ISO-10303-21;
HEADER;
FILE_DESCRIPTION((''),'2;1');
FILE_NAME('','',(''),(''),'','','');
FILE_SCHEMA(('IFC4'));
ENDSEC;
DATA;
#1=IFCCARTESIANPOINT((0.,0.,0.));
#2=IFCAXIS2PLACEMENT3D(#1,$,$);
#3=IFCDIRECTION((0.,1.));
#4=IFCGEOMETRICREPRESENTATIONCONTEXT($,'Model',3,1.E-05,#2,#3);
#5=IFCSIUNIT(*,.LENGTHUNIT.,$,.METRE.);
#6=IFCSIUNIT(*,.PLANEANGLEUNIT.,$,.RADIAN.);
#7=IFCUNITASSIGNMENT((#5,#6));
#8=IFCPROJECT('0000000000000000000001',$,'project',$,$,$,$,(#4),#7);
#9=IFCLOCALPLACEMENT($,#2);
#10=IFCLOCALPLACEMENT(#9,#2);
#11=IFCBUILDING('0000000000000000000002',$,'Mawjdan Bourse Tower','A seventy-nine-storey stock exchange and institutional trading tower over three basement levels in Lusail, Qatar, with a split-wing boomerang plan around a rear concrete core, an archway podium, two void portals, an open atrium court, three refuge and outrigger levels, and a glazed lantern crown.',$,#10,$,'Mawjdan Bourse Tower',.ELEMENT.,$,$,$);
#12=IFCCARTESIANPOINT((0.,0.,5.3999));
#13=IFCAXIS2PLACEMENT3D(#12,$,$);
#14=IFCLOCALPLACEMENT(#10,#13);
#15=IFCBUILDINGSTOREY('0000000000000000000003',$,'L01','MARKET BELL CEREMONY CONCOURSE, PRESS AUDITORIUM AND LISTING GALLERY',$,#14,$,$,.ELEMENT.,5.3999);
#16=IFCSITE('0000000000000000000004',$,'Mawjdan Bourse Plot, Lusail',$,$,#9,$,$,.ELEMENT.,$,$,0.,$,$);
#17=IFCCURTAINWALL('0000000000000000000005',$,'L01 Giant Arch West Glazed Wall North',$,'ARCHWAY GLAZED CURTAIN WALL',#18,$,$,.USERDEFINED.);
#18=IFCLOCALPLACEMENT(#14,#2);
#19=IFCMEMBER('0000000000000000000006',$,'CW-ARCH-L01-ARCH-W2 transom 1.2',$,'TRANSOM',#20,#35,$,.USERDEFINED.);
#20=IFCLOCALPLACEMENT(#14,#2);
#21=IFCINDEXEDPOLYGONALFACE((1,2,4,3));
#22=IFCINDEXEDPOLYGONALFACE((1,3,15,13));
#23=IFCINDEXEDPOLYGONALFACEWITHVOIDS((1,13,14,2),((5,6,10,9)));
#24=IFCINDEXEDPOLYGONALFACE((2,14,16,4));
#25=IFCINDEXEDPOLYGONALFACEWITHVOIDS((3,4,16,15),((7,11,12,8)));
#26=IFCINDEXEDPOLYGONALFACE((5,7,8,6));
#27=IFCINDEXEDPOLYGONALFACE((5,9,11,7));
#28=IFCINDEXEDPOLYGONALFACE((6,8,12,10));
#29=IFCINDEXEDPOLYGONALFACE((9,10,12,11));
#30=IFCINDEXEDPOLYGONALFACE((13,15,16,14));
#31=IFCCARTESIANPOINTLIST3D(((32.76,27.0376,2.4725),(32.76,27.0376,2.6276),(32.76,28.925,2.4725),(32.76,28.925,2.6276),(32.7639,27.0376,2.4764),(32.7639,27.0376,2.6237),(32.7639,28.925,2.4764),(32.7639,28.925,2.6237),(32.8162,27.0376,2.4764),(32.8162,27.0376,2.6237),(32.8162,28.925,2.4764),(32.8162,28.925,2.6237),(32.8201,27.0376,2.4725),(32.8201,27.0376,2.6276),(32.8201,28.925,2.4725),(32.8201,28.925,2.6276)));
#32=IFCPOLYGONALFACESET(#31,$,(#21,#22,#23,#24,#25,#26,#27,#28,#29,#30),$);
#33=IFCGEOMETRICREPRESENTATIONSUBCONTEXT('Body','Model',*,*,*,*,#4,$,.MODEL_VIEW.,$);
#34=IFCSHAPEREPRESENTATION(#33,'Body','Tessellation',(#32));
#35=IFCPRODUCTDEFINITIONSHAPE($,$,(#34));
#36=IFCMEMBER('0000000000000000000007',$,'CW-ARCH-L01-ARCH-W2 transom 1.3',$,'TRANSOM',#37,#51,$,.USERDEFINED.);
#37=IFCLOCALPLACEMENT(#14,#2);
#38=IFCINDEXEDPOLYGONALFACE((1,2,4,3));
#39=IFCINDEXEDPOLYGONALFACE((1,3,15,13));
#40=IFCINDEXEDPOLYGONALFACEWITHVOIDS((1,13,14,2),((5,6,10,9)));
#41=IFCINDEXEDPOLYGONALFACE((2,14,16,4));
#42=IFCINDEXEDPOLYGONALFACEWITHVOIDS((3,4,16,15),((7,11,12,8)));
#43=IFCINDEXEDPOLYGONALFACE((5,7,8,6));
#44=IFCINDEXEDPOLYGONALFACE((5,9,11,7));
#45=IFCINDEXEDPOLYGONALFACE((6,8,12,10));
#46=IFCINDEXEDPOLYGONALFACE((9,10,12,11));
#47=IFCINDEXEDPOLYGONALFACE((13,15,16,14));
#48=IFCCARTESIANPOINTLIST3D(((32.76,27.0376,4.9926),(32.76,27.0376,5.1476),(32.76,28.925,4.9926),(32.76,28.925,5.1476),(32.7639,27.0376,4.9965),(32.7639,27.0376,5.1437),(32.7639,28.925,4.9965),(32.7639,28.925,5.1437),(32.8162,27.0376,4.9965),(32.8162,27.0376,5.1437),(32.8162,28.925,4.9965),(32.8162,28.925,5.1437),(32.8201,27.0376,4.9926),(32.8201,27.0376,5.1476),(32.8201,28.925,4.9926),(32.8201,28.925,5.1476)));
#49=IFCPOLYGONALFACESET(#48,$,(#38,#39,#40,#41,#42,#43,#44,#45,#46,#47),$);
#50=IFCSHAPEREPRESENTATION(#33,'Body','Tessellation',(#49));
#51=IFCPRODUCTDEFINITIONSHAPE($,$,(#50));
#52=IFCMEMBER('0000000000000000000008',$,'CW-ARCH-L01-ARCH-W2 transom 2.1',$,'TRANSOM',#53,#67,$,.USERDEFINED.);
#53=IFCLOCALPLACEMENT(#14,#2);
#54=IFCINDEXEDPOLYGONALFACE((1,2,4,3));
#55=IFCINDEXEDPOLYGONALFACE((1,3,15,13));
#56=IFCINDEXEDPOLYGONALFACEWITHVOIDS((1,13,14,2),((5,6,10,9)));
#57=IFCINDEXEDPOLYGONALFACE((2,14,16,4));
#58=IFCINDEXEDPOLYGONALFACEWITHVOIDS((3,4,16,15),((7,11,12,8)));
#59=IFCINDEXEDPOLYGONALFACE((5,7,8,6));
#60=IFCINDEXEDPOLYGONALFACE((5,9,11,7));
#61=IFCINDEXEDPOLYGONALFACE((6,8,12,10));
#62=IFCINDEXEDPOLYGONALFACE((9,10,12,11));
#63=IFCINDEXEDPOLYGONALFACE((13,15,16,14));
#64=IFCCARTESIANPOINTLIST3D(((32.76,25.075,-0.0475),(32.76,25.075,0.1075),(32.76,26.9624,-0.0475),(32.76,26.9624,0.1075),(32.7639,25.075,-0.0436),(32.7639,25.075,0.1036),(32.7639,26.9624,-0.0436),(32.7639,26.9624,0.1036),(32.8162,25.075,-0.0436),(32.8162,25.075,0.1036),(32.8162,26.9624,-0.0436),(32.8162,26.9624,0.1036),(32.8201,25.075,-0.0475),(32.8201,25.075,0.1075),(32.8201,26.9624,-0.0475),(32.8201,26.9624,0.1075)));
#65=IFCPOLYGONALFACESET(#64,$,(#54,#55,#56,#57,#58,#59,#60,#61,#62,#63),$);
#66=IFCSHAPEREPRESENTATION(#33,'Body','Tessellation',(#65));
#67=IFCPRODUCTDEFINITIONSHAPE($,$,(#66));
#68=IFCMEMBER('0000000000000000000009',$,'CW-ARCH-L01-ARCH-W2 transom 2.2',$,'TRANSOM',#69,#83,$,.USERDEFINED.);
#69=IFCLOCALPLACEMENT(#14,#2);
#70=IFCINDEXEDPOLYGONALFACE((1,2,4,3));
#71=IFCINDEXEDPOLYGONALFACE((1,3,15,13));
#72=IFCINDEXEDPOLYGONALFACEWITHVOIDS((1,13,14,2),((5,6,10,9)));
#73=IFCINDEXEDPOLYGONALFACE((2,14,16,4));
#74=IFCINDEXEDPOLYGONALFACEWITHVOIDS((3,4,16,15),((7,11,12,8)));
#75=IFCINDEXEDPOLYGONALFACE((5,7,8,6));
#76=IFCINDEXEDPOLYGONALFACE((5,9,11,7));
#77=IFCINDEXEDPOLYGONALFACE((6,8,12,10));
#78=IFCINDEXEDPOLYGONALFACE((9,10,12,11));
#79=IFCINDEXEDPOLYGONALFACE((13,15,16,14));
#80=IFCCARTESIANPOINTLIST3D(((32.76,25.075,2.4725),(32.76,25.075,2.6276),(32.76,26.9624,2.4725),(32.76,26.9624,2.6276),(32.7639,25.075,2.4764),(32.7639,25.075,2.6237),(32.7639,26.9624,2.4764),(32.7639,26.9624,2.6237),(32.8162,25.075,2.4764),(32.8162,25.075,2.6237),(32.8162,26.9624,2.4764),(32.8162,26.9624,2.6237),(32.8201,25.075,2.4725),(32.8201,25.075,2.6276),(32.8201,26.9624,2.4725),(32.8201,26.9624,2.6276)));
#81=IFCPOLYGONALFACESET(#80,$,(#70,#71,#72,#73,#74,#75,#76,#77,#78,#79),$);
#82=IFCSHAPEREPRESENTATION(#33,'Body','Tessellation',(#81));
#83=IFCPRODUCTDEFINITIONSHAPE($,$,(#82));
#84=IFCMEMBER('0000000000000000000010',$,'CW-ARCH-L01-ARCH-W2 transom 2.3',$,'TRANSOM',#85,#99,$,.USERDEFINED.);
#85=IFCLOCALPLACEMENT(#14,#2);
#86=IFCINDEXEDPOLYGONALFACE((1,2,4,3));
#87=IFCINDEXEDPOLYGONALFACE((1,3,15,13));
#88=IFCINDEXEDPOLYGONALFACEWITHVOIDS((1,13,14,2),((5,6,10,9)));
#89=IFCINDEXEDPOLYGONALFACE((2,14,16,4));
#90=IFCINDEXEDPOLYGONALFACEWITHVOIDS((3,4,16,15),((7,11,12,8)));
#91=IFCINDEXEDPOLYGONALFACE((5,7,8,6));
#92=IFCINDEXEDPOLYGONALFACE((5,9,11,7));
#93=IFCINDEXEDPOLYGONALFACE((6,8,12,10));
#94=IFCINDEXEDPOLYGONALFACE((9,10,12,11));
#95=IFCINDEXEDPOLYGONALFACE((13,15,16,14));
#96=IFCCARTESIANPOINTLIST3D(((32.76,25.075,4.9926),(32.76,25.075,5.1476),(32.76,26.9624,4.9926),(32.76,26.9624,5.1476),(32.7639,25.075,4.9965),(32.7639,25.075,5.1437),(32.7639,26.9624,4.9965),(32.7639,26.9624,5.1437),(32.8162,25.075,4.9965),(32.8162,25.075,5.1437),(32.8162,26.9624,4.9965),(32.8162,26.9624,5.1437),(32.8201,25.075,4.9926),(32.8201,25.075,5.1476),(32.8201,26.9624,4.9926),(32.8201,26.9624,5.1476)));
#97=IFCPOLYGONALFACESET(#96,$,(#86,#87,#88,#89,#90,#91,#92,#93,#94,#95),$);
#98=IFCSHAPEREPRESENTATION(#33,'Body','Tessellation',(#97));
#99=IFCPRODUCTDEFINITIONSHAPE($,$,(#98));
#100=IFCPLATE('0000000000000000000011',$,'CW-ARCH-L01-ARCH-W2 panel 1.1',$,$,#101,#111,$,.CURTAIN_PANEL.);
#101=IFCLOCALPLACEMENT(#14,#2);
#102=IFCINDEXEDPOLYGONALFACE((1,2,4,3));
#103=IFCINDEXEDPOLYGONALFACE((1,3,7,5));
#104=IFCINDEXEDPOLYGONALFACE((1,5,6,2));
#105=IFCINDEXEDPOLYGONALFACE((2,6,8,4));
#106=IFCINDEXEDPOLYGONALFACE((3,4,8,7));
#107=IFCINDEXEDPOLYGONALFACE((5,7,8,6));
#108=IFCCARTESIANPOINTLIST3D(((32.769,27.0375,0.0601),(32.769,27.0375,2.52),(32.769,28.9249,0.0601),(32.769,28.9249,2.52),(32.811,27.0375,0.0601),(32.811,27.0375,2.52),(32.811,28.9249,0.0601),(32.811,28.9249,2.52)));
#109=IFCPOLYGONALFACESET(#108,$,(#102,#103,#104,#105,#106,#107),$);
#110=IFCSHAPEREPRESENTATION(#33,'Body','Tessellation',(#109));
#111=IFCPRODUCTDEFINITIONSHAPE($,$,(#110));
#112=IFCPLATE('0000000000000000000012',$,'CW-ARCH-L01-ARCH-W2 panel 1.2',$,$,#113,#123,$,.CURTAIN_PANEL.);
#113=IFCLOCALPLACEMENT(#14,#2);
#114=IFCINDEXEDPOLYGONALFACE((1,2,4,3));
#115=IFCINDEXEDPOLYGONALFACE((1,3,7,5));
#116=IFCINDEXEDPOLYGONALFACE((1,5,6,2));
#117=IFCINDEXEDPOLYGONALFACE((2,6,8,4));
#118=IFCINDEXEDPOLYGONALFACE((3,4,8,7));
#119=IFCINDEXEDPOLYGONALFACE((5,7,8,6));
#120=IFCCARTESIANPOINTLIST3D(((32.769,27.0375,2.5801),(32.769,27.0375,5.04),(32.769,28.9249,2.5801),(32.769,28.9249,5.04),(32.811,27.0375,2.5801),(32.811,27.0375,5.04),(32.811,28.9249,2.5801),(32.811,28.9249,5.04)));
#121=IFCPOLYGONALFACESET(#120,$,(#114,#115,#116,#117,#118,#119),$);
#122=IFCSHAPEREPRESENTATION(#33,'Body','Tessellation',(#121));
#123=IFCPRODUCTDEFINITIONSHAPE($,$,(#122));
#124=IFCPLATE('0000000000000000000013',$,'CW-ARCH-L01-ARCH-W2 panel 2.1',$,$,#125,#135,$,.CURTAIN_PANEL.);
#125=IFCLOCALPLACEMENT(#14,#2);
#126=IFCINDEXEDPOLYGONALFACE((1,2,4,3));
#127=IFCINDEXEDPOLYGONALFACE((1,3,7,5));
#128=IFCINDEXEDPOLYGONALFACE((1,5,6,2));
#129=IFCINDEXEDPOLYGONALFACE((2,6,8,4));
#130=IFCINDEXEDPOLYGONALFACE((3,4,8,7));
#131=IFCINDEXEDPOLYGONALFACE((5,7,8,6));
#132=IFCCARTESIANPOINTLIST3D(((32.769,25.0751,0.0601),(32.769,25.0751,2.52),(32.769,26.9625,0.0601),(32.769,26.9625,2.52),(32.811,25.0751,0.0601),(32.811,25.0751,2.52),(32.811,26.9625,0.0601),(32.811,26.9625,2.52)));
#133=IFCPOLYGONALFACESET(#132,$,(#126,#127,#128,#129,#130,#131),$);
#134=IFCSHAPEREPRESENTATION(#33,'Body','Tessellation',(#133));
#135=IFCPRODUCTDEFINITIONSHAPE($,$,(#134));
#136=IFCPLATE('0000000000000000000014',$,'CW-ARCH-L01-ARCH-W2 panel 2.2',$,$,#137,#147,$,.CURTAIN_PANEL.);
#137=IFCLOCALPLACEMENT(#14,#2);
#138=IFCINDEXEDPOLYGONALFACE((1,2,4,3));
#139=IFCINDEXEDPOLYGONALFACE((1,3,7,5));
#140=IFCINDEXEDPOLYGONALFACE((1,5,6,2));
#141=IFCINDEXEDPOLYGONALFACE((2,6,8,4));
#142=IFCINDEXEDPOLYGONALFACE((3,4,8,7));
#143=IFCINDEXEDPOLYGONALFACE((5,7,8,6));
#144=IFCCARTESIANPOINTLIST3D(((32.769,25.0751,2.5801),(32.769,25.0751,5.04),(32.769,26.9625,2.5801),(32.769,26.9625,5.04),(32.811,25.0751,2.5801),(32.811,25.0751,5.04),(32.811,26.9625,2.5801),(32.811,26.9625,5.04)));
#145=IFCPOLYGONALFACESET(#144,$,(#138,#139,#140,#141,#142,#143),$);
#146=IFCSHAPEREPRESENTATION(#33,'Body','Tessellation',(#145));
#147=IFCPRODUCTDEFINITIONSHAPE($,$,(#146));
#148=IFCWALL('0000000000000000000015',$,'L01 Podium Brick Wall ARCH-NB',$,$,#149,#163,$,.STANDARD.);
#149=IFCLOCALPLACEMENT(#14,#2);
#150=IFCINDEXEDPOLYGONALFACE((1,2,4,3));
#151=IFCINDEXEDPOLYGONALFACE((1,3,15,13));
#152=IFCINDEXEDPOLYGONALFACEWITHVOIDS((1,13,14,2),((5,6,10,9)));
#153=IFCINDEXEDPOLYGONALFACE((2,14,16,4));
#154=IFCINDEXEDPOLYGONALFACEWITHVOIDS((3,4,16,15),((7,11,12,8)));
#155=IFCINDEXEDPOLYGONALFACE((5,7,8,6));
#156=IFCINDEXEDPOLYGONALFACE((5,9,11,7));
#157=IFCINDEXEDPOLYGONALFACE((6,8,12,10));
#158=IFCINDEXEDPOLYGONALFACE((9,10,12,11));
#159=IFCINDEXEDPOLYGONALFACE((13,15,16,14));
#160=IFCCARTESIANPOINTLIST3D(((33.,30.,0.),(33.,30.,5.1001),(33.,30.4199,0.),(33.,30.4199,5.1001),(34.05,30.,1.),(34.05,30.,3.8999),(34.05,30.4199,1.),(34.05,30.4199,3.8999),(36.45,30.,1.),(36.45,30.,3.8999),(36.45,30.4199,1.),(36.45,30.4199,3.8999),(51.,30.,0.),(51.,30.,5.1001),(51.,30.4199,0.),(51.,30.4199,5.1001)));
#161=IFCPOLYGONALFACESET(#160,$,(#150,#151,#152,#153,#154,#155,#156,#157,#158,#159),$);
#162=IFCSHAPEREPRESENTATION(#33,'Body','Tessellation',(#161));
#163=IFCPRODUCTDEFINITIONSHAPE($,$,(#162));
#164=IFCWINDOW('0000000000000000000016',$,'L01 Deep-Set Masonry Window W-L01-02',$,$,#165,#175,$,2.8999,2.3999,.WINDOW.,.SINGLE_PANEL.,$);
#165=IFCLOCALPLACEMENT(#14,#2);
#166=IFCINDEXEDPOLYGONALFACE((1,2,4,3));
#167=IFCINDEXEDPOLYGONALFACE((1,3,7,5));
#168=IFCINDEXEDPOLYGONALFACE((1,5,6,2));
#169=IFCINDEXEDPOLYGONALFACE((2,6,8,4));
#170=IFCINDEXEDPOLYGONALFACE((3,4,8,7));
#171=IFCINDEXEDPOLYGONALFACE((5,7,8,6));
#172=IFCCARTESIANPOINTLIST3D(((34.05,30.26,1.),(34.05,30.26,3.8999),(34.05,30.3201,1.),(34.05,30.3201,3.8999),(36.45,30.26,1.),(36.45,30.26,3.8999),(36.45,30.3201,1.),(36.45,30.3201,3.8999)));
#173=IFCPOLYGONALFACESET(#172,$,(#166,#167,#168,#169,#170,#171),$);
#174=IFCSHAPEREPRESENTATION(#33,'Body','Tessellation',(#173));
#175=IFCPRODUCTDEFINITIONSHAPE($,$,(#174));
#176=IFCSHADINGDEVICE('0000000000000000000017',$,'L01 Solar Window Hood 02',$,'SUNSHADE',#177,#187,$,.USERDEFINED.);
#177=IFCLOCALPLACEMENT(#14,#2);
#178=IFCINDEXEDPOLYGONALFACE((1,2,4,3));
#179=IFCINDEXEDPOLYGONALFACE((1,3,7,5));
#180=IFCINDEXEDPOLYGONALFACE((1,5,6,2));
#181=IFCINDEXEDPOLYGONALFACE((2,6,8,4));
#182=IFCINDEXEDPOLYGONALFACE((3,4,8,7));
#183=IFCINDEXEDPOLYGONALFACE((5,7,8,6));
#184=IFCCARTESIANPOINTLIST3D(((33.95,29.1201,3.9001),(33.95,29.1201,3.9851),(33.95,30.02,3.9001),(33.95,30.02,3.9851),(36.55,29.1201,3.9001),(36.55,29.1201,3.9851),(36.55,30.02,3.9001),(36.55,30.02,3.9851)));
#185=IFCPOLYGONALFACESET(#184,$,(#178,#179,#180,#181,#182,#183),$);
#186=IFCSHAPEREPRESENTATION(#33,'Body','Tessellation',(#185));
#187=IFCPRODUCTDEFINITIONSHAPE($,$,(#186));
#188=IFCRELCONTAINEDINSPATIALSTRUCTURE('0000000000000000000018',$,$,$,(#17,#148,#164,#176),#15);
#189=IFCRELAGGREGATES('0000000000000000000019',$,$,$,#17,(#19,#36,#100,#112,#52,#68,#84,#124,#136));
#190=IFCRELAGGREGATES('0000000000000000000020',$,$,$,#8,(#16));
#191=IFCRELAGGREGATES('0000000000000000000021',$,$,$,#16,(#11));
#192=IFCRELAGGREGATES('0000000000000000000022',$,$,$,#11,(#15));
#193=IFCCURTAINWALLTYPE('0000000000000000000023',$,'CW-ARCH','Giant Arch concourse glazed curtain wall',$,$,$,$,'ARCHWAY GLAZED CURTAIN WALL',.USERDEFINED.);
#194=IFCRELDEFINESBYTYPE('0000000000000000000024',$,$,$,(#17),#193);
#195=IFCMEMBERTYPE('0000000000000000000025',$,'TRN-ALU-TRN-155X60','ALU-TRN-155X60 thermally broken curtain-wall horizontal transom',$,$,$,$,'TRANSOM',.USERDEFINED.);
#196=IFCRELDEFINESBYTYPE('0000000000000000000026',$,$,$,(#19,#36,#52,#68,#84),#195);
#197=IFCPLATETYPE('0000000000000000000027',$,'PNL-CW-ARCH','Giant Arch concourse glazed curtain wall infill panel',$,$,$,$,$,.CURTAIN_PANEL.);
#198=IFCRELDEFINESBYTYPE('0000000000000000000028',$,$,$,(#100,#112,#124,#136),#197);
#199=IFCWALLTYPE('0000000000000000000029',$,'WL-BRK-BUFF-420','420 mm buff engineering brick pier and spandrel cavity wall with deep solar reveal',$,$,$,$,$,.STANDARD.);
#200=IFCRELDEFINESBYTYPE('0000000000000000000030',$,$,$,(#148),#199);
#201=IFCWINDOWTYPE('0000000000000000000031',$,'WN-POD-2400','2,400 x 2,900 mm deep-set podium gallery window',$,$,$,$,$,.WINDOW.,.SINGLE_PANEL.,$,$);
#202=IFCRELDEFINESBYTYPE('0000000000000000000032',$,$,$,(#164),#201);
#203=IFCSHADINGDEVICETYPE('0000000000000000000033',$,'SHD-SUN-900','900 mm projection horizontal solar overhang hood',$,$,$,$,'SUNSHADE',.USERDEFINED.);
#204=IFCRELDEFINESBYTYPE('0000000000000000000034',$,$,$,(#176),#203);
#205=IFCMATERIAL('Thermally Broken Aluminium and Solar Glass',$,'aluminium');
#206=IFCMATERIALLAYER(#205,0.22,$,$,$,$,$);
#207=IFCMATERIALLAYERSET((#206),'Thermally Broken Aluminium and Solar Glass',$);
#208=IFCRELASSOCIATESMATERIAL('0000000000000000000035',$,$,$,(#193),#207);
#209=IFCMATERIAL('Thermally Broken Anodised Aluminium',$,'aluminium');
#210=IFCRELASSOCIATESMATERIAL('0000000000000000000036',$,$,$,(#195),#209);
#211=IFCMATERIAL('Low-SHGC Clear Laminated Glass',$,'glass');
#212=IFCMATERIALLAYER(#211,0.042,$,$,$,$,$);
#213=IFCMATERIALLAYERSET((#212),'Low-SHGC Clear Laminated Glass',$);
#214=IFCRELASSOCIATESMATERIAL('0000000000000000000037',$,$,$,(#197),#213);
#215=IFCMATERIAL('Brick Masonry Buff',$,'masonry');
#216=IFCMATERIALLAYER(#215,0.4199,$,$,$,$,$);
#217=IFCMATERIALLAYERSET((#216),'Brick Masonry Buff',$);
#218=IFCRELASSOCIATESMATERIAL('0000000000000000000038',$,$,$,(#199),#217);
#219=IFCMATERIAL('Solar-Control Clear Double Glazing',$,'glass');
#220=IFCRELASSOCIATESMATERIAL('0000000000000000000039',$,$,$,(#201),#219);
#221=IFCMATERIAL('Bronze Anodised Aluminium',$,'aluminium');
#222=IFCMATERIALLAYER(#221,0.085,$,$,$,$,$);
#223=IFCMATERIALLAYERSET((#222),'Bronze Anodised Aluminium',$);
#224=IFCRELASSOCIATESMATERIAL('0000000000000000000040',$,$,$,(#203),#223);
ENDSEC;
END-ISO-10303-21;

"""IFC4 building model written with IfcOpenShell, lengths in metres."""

from ifc_helpers import new_model, si_unit, direction, frame, frame_2d, origin, origin_2d, place, context, subcontext, project, spatial, rectangle, hollow_rectangle, extrude, material, layer, layer_set, material_profile, profile_set, type_object, element, fill, aggregate, save


model = new_model("IFC4")

# Units and contexts
model_context = context("Model", 3, precision=1e-05, world=origin(), true_north=direction((0.0, 1.0)))
body_context = subcontext(model_context, "Body", "Model", "MODEL_VIEW")
ifc_project = project(units=[si_unit("LENGTHUNIT", "METRE"), si_unit("PLANEANGLEUNIT", "RADIAN")], contexts=[model_context])

# Site, building, storey
site_placement = place(None, origin())
site = spatial("IfcSite", under=ifc_project, at=site_placement, Name="Mawjdan Bourse Plot, Lusail", CompositionType="ELEMENT", RefElevation=0.0)
building_placement = place(site_placement, origin())
building = spatial("IfcBuilding", under=site, at=building_placement, Name="Mawjdan Bourse Tower", Description="A seventy-nine-storey stock exchange and institutional trading tower over three basement levels in Lusail, Qatar, with a split-wing boomerang plan around a rear concrete core, an archway podium, two void portals, an open atrium court, three refuge and outrigger levels, and a glazed lantern crown.", LongName="Mawjdan Bourse Tower", CompositionType="ELEMENT")
storey_placement = place(building_placement, frame((0.0, 0.0, 5.3999)))
storey = spatial("IfcBuildingStorey", under=building, at=storey_placement, Name="L01", Description="MARKET BELL CEREMONY CONCOURSE, PRESS AUDITORIUM AND LISTING GALLERY", CompositionType="ELEMENT", Elevation=5.3999)

# Curtain wall, members, plates
ifc_material_1 = material(Name="Thermally Broken Aluminium and Solar Glass", Category="aluminium")
ifc_layer_1 = layer(ifc_material_1, 0.22)
ifc_layer_set_1 = layer_set([ifc_layer_1], Name="Thermally Broken Aluminium and Solar Glass")
curtain_wall_type = type_object("IfcCurtainWallType", Name="CW-ARCH", Description="Giant Arch concourse glazed curtain wall", ElementType="ARCHWAY GLAZED CURTAIN WALL", PredefinedType="USERDEFINED", material=ifc_layer_set_1)
curtain_wall_placement = place(storey_placement, origin())
curtain_wall = element("IfcCurtainWall", 1, at=curtain_wall_placement, inside=storey, type_object=curtain_wall_type, Name="L01 Giant Arch West Glazed Wall North", ObjectType="ARCHWAY GLAZED CURTAIN WALL", PredefinedType="USERDEFINED")
ifc_material_2 = material(Name="Thermally Broken Anodised Aluminium", Category="aluminium")
ifc_material_profile_1 = material_profile(ifc_material_2, hollow_rectangle(XDim=0.0601, YDim=0.155, WallThickness=0.0039, at=origin_2d()), Name="ALU-TRN-155X60")
ifc_profile_set_1 = profile_set([ifc_material_profile_1], Name="Thermally Broken Anodised Aluminium")
member_type_1 = type_object("IfcMemberType", Name="TRN-ALU-TRN-155X60", Description="ALU-TRN-155X60 thermally broken curtain-wall horizontal transom", ElementType="TRANSOM", PredefinedType="USERDEFINED", material=ifc_profile_set_1)
member_1_placement = place(storey_placement, frame((32.79, 28.925, 2.55), z_axis=(0.0, -1.0, 0.0), x_axis=(1.0, 0.0, 0.0)))
member_1 = element("IfcMember", 2, at=member_1_placement, type_object=member_type_1, Name="CW-ARCH-L01-ARCH-W2 transom 1.2", ObjectType="TRANSOM", PredefinedType="USERDEFINED", context=body_context, shape_type="SweptSolid", body=[
    extrude(hollow_rectangle(XDim=0.0601, YDim=0.155, WallThickness=0.0039, at=origin_2d()), origin(), (0.0, 0.0, 1.0), 1.8875),
])
member_2_placement = place(storey_placement, frame((32.79, 28.925, 5.0701), z_axis=(0.0, -1.0, 0.0), x_axis=(1.0, 0.0, 0.0)))
member_2 = element("IfcMember", 3, at=member_2_placement, type_object=member_type_1, Name="CW-ARCH-L01-ARCH-W2 transom 1.3", ObjectType="TRANSOM", PredefinedType="USERDEFINED", context=body_context, shape_type="SweptSolid", body=[
    extrude(hollow_rectangle(XDim=0.0601, YDim=0.155, WallThickness=0.0039, at=origin_2d()), origin(), (0.0, 0.0, 1.0), 1.8875),
])
member_3_placement = place(storey_placement, frame((32.79, 26.9624, 0.03), z_axis=(0.0, -1.0, 0.0), x_axis=(1.0, 0.0, 0.0)))
member_3 = element("IfcMember", 4, at=member_3_placement, type_object=member_type_1, Name="CW-ARCH-L01-ARCH-W2 transom 2.1", ObjectType="TRANSOM", PredefinedType="USERDEFINED", context=body_context, shape_type="SweptSolid", body=[
    extrude(hollow_rectangle(XDim=0.0601, YDim=0.155, WallThickness=0.0039, at=origin_2d()), origin(), (0.0, 0.0, 1.0), 1.8875),
])
member_4_placement = place(storey_placement, frame((32.79, 26.9624, 2.55), z_axis=(0.0, -1.0, 0.0), x_axis=(1.0, 0.0, 0.0)))
member_4 = element("IfcMember", 5, at=member_4_placement, type_object=member_type_1, Name="CW-ARCH-L01-ARCH-W2 transom 2.2", ObjectType="TRANSOM", PredefinedType="USERDEFINED", context=body_context, shape_type="SweptSolid", body=[
    extrude(hollow_rectangle(XDim=0.0601, YDim=0.155, WallThickness=0.0039, at=origin_2d()), origin(), (0.0, 0.0, 1.0), 1.8875),
])
member_5_placement = place(storey_placement, frame((32.79, 26.9624, 5.0701), z_axis=(0.0, -1.0, 0.0), x_axis=(1.0, 0.0, 0.0)))
member_5 = element("IfcMember", 6, at=member_5_placement, type_object=member_type_1, Name="CW-ARCH-L01-ARCH-W2 transom 2.3", ObjectType="TRANSOM", PredefinedType="USERDEFINED", context=body_context, shape_type="SweptSolid", body=[
    extrude(hollow_rectangle(XDim=0.0601, YDim=0.155, WallThickness=0.0039, at=origin_2d()), origin(), (0.0, 0.0, 1.0), 1.8875),
])
ifc_material_3 = material(Name="Low-SHGC Clear Laminated Glass", Category="glass")
ifc_layer_2 = layer(ifc_material_3, 0.042)
ifc_layer_set_2 = layer_set([ifc_layer_2], Name="Low-SHGC Clear Laminated Glass")
plate_type = type_object("IfcPlateType", Name="PNL-CW-ARCH", Description="Giant Arch concourse glazed curtain wall infill panel", PredefinedType="CURTAIN_PANEL", material=ifc_layer_set_2)
plate_1_placement = place(storey_placement, frame((32.79, 27.9812, 0.0601), z_axis=(0.0, 0.0, 1.0), x_axis=(0.0, -1.0, 0.0)))
plate_1 = element("IfcPlate", 7, at=plate_1_placement, type_object=plate_type, Name="CW-ARCH-L01-ARCH-W2 panel 1.1", PredefinedType="CURTAIN_PANEL", context=body_context, shape_type="SweptSolid", body=[
    extrude(rectangle(XDim=1.8875, YDim=0.042, at=origin_2d()), origin(), (0.0, 0.0, 1.0), 2.46),
])
plate_2_placement = place(storey_placement, frame((32.79, 27.9812, 2.5801), z_axis=(0.0, 0.0, 1.0), x_axis=(0.0, -1.0, 0.0)))
plate_2 = element("IfcPlate", 8, at=plate_2_placement, type_object=plate_type, Name="CW-ARCH-L01-ARCH-W2 panel 1.2", PredefinedType="CURTAIN_PANEL", context=body_context, shape_type="SweptSolid", body=[
    extrude(rectangle(XDim=1.8875, YDim=0.042, at=origin_2d()), origin(), (0.0, 0.0, 1.0), 2.46),
])
plate_3_placement = place(storey_placement, frame((32.79, 26.0188, 0.0601), z_axis=(0.0, 0.0, 1.0), x_axis=(0.0, -1.0, 0.0)))
plate_3 = element("IfcPlate", 9, at=plate_3_placement, type_object=plate_type, Name="CW-ARCH-L01-ARCH-W2 panel 2.1", PredefinedType="CURTAIN_PANEL", context=body_context, shape_type="SweptSolid", body=[
    extrude(rectangle(XDim=1.8875, YDim=0.042, at=origin_2d()), origin(), (0.0, 0.0, 1.0), 2.46),
])
plate_4_placement = place(storey_placement, frame((32.79, 26.0188, 2.5801), z_axis=(0.0, 0.0, 1.0), x_axis=(0.0, -1.0, 0.0)))
plate_4 = element("IfcPlate", 10, at=plate_4_placement, type_object=plate_type, Name="CW-ARCH-L01-ARCH-W2 panel 2.2", PredefinedType="CURTAIN_PANEL", context=body_context, shape_type="SweptSolid", body=[
    extrude(rectangle(XDim=1.8875, YDim=0.042, at=origin_2d()), origin(), (0.0, 0.0, 1.0), 2.46),
])
aggregate(curtain_wall, [member_1, member_2, plate_1, plate_2, member_3, member_4, member_5, plate_3, plate_4])

# Wall, opening, window
ifc_material_4 = material(Name="Brick Masonry Buff", Category="masonry")
ifc_layer_3 = layer(ifc_material_4, 0.4199)
ifc_layer_set_3 = layer_set([ifc_layer_3], Name="Brick Masonry Buff")
wall_type = type_object("IfcWallType", Name="WL-BRK-BUFF-420", Description="420 mm buff engineering brick pier and spandrel cavity wall with deep solar reveal", PredefinedType="STANDARD", material=ifc_layer_set_3)
wall_placement = place(storey_placement, frame((33.0, 30.21, 0.0), z_axis=(0.0, 0.0, 1.0), x_axis=(1.0, 0.0, 0.0)))
wall = element("IfcWall", 11, at=wall_placement, inside=storey, type_object=wall_type, Name="L01 Podium Brick Wall ARCH-NB", PredefinedType="STANDARD", context=body_context, shape_type="SweptSolid", body=[
    extrude(rectangle(XDim=18.0, YDim=0.4199, at=frame_2d((9.0, 0.0))), origin(), (0.0, 0.0, 1.0), 5.1001),
])
opening_placement = place(wall_placement, frame((1.05, 0.0, 1.0)))
opening = element("IfcOpeningElement", 12, at=opening_placement, cuts=wall, PredefinedType="OPENING", context=body_context, shape_type="SweptSolid", body=[
    extrude(rectangle(XDim=2.3999, YDim=2.8999, at=frame_2d((1.2, 1.45))), frame((0.0, 0.22, 0.0), z_axis=(0.0, -1.0, 0.0), x_axis=(1.0, 0.0, 0.0)), (0.0, 0.0, 1.0), 0.4399),
])
ifc_material_5 = material(Name="Solar-Control Clear Double Glazing", Category="glass")
window_type = type_object("IfcWindowType", Name="WN-POD-2400", Description="2,400 x 2,900 mm deep-set podium gallery window", PartitioningType="SINGLE_PANEL", PredefinedType="WINDOW", material=ifc_material_5)
window_placement = place(opening_placement, origin())
window = element("IfcWindow", 13, at=window_placement, inside=storey, type_object=window_type, Name="L01 Deep-Set Masonry Window W-L01-02", OverallHeight=2.8999, OverallWidth=2.3999, PartitioningType="SINGLE_PANEL", PredefinedType="WINDOW", context=body_context, shape_type="SweptSolid", body=[
    extrude(rectangle(XDim=2.3999, YDim=2.8999, at=frame_2d((1.2, 1.45))), frame((0.0, 0.1101, 0.0), z_axis=(0.0, -1.0, 0.0), x_axis=(1.0, 0.0, 0.0)), (0.0, 0.0, 1.0), 0.0601),
])
fill(opening, window)

# Shading device
ifc_material_6 = material(Name="Bronze Anodised Aluminium", Category="aluminium")
ifc_layer_4 = layer(ifc_material_6, 0.085)
ifc_layer_set_4 = layer_set([ifc_layer_4], Name="Bronze Anodised Aluminium")
shading_device_type = type_object("IfcShadingDeviceType", Name="SHD-SUN-900", Description="900 mm projection horizontal solar overhang hood", ElementType="SUNSHADE", PredefinedType="USERDEFINED", material=ifc_layer_set_4)
shading_device_placement = place(storey_placement, frame((35.25, 29.5701, 3.9001), z_axis=(0.0, 0.0, 1.0), x_axis=(1.0, 0.0, 0.0)))
element("IfcShadingDevice", 14, at=shading_device_placement, inside=storey, type_object=shading_device_type, Name="L01 Solar Window Hood 02", ObjectType="SUNSHADE", PredefinedType="USERDEFINED", context=body_context, shape_type="SweptSolid", body=[
    extrude(rectangle(XDim=2.6001, YDim=0.8999, at=origin_2d()), origin(), (0.0, 0.0, 1.0), 0.085),
])

save(model, "model.ifc")
